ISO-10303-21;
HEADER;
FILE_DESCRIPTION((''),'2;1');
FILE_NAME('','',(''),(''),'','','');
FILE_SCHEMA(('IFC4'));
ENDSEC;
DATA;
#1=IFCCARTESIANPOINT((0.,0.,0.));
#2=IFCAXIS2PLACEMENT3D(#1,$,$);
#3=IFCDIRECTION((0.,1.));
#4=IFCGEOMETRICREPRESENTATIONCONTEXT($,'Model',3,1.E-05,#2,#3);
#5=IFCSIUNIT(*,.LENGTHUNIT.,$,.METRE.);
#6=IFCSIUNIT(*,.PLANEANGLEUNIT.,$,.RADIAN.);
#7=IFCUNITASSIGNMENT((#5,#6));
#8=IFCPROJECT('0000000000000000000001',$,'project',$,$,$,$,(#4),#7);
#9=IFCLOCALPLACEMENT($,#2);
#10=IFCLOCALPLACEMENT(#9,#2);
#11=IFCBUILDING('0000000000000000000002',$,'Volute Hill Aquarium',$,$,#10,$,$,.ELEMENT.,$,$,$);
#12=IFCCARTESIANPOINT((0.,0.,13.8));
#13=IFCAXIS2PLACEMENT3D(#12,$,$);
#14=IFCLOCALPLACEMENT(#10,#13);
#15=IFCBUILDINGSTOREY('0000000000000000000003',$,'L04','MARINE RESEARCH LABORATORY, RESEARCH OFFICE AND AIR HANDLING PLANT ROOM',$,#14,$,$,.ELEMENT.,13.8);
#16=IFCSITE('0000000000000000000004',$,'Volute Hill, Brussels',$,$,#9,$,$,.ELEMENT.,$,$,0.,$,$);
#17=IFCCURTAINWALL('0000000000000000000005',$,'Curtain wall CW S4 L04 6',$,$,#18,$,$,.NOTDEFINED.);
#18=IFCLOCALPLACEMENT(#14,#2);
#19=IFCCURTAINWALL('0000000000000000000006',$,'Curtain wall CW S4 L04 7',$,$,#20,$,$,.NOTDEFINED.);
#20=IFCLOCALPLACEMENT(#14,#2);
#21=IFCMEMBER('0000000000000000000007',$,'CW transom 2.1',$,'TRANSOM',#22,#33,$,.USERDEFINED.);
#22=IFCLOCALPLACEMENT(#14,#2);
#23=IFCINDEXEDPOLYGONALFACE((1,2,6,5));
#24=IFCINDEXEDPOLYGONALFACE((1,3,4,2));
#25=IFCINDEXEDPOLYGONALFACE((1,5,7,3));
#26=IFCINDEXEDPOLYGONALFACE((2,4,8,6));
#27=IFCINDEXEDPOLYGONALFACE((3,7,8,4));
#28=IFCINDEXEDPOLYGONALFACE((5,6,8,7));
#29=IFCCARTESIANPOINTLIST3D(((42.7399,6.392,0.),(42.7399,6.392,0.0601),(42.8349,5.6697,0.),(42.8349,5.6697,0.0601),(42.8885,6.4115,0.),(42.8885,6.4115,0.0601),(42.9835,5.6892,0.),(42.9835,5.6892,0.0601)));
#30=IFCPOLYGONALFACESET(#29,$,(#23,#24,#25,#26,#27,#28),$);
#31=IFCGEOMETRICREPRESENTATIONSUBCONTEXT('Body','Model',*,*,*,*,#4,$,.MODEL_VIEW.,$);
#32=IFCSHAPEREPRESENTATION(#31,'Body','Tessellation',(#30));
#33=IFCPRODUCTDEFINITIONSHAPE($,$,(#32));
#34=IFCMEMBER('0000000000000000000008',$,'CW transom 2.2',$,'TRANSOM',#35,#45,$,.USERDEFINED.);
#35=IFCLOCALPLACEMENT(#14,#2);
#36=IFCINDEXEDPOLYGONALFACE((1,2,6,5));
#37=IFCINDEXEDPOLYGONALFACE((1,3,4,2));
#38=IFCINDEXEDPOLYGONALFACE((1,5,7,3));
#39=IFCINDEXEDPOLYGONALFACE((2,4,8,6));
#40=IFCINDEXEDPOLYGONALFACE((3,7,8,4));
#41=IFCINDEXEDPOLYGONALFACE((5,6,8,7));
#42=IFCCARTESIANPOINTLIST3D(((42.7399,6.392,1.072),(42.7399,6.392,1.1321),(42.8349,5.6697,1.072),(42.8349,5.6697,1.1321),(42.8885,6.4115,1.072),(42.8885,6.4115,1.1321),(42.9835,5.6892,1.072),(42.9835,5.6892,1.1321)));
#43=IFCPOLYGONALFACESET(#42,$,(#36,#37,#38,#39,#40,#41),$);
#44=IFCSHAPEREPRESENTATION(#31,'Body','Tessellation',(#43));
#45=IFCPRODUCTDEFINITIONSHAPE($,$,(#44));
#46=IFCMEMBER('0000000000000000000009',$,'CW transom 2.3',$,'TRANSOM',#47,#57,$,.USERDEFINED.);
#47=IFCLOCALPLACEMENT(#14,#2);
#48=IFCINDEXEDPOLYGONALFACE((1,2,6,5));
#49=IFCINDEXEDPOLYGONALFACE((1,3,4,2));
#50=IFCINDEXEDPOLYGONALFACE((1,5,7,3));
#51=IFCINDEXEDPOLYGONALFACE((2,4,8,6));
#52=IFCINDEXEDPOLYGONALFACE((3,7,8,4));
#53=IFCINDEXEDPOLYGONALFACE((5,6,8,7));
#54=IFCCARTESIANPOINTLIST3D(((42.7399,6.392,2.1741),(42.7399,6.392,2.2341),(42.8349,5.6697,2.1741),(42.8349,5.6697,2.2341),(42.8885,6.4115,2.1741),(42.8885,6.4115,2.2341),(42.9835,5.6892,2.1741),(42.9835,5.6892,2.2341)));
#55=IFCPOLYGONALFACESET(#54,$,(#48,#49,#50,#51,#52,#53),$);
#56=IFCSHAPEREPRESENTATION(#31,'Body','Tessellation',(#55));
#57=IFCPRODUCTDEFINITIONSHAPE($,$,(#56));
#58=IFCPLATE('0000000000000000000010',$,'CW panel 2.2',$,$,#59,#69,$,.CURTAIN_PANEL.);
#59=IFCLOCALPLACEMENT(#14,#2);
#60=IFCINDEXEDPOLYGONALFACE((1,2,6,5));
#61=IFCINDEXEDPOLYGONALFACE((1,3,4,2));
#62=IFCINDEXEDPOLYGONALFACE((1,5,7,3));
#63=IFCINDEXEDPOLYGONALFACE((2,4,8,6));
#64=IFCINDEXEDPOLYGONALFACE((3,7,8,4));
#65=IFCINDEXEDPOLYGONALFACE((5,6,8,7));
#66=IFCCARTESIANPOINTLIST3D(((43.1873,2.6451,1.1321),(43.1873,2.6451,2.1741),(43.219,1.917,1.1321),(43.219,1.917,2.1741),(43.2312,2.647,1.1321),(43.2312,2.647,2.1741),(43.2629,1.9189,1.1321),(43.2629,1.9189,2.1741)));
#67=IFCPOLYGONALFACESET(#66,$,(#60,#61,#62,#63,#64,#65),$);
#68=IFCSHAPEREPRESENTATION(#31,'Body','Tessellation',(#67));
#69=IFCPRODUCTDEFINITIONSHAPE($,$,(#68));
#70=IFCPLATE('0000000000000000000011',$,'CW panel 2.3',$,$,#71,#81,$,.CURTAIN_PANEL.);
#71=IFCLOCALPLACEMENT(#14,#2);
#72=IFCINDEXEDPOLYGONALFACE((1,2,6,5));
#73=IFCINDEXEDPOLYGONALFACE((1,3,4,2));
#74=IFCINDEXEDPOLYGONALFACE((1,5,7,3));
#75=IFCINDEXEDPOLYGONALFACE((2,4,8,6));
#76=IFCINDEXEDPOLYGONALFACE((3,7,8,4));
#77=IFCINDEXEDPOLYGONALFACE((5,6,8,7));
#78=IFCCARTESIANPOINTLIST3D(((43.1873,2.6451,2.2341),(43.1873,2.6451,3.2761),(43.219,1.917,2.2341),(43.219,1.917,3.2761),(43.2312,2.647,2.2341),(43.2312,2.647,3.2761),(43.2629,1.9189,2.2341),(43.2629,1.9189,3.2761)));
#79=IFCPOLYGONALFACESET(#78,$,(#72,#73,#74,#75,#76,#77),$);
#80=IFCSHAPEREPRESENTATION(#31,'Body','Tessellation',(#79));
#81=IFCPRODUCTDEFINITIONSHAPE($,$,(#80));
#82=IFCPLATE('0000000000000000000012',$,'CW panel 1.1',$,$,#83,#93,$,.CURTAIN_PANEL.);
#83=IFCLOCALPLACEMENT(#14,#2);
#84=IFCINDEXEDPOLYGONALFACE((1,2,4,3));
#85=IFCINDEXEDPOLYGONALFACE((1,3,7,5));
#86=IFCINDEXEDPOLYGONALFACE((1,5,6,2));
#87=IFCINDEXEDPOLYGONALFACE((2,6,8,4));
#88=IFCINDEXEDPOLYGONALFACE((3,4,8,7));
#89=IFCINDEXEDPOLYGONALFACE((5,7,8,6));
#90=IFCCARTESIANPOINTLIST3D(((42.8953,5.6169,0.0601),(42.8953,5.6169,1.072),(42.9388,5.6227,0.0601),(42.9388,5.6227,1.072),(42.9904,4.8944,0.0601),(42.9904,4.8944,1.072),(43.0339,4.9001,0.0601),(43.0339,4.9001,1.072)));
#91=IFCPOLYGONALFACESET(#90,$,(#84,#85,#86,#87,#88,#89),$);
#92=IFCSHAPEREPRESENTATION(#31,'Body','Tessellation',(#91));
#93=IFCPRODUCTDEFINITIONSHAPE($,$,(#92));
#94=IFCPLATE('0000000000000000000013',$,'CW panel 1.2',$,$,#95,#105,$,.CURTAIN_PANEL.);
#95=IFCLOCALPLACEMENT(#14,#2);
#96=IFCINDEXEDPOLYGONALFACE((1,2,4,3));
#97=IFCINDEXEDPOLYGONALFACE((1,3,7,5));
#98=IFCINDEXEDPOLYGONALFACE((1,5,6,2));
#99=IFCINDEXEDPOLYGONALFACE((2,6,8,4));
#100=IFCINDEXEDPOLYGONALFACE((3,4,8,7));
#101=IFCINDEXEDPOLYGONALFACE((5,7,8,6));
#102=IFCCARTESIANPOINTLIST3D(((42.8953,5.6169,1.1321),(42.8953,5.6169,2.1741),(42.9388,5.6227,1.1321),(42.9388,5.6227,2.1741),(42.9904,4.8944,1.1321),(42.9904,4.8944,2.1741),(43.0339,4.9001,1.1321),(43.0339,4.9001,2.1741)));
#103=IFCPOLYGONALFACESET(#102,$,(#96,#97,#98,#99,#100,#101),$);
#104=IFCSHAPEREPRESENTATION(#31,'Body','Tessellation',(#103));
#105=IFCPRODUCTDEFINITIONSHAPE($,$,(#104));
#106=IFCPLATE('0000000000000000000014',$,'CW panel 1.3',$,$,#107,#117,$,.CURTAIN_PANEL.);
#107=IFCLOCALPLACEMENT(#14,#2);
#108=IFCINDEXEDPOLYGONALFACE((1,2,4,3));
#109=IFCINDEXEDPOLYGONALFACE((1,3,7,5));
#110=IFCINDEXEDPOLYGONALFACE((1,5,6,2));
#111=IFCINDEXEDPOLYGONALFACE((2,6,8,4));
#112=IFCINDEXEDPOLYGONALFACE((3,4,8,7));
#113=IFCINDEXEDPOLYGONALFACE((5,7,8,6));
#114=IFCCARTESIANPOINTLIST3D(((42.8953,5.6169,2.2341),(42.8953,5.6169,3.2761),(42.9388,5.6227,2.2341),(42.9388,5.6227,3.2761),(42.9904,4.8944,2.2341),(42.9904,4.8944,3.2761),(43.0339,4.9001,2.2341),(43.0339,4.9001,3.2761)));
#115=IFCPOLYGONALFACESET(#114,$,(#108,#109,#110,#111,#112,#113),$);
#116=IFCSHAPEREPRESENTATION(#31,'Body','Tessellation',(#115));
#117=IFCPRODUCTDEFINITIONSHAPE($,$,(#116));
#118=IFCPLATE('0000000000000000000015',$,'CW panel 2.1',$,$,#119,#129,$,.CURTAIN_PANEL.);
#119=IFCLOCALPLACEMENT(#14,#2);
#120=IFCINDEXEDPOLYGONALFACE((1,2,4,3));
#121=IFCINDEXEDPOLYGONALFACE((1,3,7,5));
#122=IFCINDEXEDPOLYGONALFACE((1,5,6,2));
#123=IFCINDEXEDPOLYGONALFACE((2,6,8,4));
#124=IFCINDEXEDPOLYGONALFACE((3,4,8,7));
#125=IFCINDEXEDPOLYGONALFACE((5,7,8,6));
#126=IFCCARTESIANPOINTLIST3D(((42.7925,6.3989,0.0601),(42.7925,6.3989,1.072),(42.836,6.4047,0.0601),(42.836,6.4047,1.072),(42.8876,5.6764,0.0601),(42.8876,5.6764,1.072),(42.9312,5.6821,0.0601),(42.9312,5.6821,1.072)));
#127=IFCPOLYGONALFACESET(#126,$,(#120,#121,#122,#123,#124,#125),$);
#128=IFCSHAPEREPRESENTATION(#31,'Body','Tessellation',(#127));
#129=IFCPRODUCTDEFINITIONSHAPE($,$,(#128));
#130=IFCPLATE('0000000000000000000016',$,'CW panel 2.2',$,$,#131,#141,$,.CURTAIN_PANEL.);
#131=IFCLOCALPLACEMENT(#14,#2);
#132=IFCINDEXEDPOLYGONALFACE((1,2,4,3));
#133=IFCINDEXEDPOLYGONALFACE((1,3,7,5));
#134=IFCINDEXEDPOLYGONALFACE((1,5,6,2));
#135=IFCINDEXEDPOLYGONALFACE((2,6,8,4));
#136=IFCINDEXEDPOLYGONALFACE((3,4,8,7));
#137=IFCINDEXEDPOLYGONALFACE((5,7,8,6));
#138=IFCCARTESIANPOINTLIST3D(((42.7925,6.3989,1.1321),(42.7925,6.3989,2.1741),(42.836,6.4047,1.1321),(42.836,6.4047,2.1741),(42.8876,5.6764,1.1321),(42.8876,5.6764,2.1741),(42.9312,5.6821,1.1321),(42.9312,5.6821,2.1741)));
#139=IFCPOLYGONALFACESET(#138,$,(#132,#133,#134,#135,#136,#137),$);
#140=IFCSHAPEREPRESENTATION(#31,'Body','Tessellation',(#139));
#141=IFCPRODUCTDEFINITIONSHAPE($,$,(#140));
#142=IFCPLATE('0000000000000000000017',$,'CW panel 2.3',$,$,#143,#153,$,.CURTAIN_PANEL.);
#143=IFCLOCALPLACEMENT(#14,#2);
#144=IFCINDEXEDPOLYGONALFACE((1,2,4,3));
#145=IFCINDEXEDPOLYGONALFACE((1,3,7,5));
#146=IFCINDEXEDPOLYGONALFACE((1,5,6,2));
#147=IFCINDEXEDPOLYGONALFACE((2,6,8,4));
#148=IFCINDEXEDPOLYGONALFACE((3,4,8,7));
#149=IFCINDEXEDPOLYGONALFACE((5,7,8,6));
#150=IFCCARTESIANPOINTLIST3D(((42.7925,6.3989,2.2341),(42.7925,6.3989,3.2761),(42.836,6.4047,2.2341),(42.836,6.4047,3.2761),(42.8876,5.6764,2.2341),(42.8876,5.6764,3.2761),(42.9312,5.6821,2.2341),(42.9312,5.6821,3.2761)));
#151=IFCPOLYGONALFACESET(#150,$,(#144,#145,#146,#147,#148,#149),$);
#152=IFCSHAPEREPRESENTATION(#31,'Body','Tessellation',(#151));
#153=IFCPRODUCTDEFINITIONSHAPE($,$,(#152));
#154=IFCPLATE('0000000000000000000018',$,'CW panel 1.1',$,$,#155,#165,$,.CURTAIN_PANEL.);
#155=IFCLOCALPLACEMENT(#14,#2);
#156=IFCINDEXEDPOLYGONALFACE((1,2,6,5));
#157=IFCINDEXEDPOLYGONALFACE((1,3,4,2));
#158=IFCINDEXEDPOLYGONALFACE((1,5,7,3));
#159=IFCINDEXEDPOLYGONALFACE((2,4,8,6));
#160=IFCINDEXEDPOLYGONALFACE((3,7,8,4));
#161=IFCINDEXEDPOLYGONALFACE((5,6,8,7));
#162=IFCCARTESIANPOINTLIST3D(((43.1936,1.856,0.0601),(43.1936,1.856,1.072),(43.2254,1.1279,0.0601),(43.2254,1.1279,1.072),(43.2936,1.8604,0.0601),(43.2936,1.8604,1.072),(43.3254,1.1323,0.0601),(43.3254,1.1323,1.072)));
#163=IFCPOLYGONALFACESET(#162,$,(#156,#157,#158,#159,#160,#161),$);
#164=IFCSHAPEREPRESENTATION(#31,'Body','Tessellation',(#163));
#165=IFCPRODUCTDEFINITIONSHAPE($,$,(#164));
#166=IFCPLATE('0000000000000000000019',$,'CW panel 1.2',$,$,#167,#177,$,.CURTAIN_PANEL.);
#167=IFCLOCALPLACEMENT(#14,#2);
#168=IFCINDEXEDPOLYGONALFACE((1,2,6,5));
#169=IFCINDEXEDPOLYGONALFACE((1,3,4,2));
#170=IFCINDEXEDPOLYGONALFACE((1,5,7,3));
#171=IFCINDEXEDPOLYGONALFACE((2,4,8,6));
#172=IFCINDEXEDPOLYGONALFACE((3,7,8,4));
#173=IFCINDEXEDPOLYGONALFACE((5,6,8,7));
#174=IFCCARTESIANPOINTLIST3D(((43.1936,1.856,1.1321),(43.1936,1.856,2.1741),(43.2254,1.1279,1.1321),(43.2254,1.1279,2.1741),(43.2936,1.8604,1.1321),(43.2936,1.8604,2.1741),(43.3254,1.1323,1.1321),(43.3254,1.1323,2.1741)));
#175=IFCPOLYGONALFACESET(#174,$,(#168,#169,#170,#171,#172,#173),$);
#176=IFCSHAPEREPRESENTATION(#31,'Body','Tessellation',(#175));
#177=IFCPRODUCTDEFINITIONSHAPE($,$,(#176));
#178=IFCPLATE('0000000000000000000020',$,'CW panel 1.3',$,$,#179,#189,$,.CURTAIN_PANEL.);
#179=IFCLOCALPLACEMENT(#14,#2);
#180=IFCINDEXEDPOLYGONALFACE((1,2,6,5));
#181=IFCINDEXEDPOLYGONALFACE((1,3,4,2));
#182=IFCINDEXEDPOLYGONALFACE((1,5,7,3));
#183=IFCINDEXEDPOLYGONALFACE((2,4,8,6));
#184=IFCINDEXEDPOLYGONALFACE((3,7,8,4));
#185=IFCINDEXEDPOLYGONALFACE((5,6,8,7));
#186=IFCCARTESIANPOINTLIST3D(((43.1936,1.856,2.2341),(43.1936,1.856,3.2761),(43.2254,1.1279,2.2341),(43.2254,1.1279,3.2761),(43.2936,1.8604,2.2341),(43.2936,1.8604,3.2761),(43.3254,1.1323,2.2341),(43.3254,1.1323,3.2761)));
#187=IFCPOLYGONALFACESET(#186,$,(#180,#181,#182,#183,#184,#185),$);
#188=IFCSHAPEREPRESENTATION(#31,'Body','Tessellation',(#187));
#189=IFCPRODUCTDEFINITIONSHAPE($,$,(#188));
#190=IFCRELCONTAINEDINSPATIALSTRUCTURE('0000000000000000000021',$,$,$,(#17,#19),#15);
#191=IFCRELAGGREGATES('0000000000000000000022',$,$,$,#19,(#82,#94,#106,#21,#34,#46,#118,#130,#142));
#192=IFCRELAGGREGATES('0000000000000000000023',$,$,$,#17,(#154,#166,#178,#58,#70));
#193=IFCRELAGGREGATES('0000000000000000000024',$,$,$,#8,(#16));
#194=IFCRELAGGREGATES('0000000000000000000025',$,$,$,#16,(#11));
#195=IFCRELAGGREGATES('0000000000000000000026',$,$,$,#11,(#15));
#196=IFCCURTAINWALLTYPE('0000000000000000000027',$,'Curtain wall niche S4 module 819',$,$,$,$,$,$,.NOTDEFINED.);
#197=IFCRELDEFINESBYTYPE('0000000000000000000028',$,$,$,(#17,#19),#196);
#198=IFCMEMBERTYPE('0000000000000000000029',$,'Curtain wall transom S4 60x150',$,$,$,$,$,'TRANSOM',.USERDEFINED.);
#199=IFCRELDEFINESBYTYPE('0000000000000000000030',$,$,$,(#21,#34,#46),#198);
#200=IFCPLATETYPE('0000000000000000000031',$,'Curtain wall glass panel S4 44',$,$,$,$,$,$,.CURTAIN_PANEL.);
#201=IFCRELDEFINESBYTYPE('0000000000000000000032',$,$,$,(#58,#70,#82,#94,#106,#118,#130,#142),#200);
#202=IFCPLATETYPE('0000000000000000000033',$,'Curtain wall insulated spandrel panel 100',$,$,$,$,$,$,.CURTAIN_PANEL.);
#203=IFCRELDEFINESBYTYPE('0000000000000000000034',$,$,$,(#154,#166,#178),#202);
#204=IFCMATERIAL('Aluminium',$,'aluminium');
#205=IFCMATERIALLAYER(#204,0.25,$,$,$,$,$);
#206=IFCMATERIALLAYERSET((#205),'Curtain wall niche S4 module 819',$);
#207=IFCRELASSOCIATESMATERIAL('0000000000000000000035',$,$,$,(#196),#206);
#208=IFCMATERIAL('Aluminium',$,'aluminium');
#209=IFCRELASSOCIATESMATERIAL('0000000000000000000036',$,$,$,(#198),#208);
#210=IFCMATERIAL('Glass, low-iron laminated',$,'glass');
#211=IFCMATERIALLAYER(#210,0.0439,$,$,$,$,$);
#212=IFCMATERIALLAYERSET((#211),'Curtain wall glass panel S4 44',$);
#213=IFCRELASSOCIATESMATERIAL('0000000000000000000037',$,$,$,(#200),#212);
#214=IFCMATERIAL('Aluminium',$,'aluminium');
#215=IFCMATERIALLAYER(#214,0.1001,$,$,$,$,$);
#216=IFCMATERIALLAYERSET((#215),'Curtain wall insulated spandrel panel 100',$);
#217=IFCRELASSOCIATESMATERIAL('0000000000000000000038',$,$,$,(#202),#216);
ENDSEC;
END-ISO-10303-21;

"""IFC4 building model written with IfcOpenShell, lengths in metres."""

from ifc_helpers import new_model, si_unit, direction, frame, origin, origin_2d, place, context, subcontext, project, spatial, rectangle, extrude, material, layer, layer_set, material_profile, profile_set, type_object, element, aggregate, save


model = new_model("IFC4")

# Units and contexts
model_context = context("Model", 3, precision=1e-05, world=origin(), true_north=direction((0.0, 1.0)))
body_context = subcontext(model_context, "Body", "Model", "MODEL_VIEW")
ifc_project = project(units=[si_unit("LENGTHUNIT", "METRE"), si_unit("PLANEANGLEUNIT", "RADIAN")], contexts=[model_context])

# Site, building, storey
site_placement = place(None, origin())
site = spatial("IfcSite", under=ifc_project, at=site_placement, Name="Volute Hill, Brussels", CompositionType="ELEMENT", RefElevation=0.0)
building_placement = place(site_placement, origin())
building = spatial("IfcBuilding", under=site, at=building_placement, Name="Volute Hill Aquarium", CompositionType="ELEMENT")
storey_placement = place(building_placement, frame((0.0, 0.0, 13.8)))
storey = spatial("IfcBuildingStorey", under=building, at=storey_placement, Name="L04", Description="MARINE RESEARCH LABORATORY, RESEARCH OFFICE AND AIR HANDLING PLANT ROOM", CompositionType="ELEMENT", Elevation=13.8)

# Curtain walls
ifc_material_1 = material(Name="Aluminium", Category="aluminium")
ifc_layer_1 = layer(ifc_material_1, 0.25)
ifc_layer_set_1 = layer_set([ifc_layer_1], Name="Curtain wall niche S4 module 819")
curtain_wall_type = type_object("IfcCurtainWallType", Name="Curtain wall niche S4 module 819", PredefinedType="NOTDEFINED", material=ifc_layer_set_1)
curtain_wall_1_placement = place(storey_placement, origin())
curtain_wall_1 = element("IfcCurtainWall", 1, at=curtain_wall_1_placement, inside=storey, type_object=curtain_wall_type, Name="Curtain wall CW S4 L04 6", PredefinedType="NOTDEFINED")
curtain_wall_2_placement = place(storey_placement, origin())
curtain_wall_2 = element("IfcCurtainWall", 2, at=curtain_wall_2_placement, inside=storey, type_object=curtain_wall_type, Name="Curtain wall CW S4 L04 7", PredefinedType="NOTDEFINED")

# Members
ifc_material_2 = material(Name="Aluminium", Category="aluminium")
ifc_material_profile_1 = material_profile(ifc_material_2, rectangle(XDim=0.1499, YDim=0.0601, at=origin_2d()), Name="Curtain wall transom S4 60x150")
ifc_profile_set_1 = profile_set([ifc_material_profile_1], Name="Aluminium")
member_type_1 = type_object("IfcMemberType", Name="Curtain wall transom S4 60x150", ElementType="TRANSOM", PredefinedType="USERDEFINED", material=ifc_profile_set_1)
member_1_placement = place(storey_placement, frame((42.9092, 5.6794, 0.03), z_axis=(-0.130342, 0.991469, 0.0), x_axis=(-0.991469, -0.130342, 0.0)))
member_1 = element("IfcMember", 3, at=member_1_placement, type_object=member_type_1, Name="CW transom 2.1", ObjectType="TRANSOM", PredefinedType="USERDEFINED", context=body_context, shape_type="SweptSolid", body=[
    extrude(rectangle(XDim=0.1499, YDim=0.0601, at=origin_2d()), origin(), (0.0, 0.0, 1.0), 0.7285),
])
member_2_placement = place(storey_placement, frame((42.9092, 5.6794, 1.1021), z_axis=(-0.130342, 0.991469, 0.0), x_axis=(-0.991469, -0.130342, 0.0)))
member_2 = element("IfcMember", 4, at=member_2_placement, type_object=member_type_1, Name="CW transom 2.2", ObjectType="TRANSOM", PredefinedType="USERDEFINED", context=body_context, shape_type="SweptSolid", body=[
    extrude(rectangle(XDim=0.1499, YDim=0.0601, at=origin_2d()), origin(), (0.0, 0.0, 1.0), 0.7285),
])
member_3_placement = place(storey_placement, frame((42.9092, 5.6794, 2.2041), z_axis=(-0.130342, 0.991469, 0.0), x_axis=(-0.991469, -0.130342, 0.0)))
member_3 = element("IfcMember", 5, at=member_3_placement, type_object=member_type_1, Name="CW transom 2.3", ObjectType="TRANSOM", PredefinedType="USERDEFINED", context=body_context, shape_type="SweptSolid", body=[
    extrude(rectangle(XDim=0.1499, YDim=0.0601, at=origin_2d()), origin(), (0.0, 0.0, 1.0), 0.7285),
])

# Plates
ifc_material_3 = material(Name="Glass, low-iron laminated", Category="glass")
ifc_layer_2 = layer(ifc_material_3, 0.0439)
ifc_layer_set_2 = layer_set([ifc_layer_2], Name="Curtain wall glass panel S4 44")
plate_type_1 = type_object("IfcPlateType", Name="Curtain wall glass panel S4 44", PredefinedType="CURTAIN_PANEL", material=ifc_layer_set_2)
plate_1_placement = place(storey_placement, frame((43.2251, 2.282, 1.1321), z_axis=(0.0, 0.0, 1.0), x_axis=(-0.043623, 0.999048, 0.0)))
plate_1 = element("IfcPlate", 6, at=plate_1_placement, type_object=plate_type_1, Name="CW panel 2.2", PredefinedType="CURTAIN_PANEL", context=body_context, shape_type="SweptSolid", body=[
    extrude(rectangle(XDim=0.7288, YDim=0.0439, at=origin_2d()), origin(), (0.0, 0.0, 1.0), 1.042),
])
plate_2_placement = place(storey_placement, frame((43.2251, 2.282, 2.2341), z_axis=(0.0, 0.0, 1.0), x_axis=(-0.043623, 0.999048, 0.0)))
plate_2 = element("IfcPlate", 7, at=plate_2_placement, type_object=plate_type_1, Name="CW panel 2.3", PredefinedType="CURTAIN_PANEL", context=body_context, shape_type="SweptSolid", body=[
    extrude(rectangle(XDim=0.7288, YDim=0.0439, at=origin_2d()), origin(), (0.0, 0.0, 1.0), 1.042),
])
plate_3_placement = place(storey_placement, frame((42.9646, 5.2585, 0.0601), z_axis=(0.0, 0.0, 1.0), x_axis=(-0.130516, 0.991446, 0.0)))
plate_3 = element("IfcPlate", 8, at=plate_3_placement, type_object=plate_type_1, Name="CW panel 1.1", PredefinedType="CURTAIN_PANEL", context=body_context, shape_type="SweptSolid", body=[
    extrude(rectangle(XDim=0.7288, YDim=0.0439, at=origin_2d()), origin(), (0.0, 0.0, 1.0), 1.012),
])
plate_4_placement = place(storey_placement, frame((42.9646, 5.2585, 1.1321), z_axis=(0.0, 0.0, 1.0), x_axis=(-0.130516, 0.991446, 0.0)))
plate_4 = element("IfcPlate", 9, at=plate_4_placement, type_object=plate_type_1, Name="CW panel 1.2", PredefinedType="CURTAIN_PANEL", context=body_context, shape_type="SweptSolid", body=[
    extrude(rectangle(XDim=0.7288, YDim=0.0439, at=origin_2d()), origin(), (0.0, 0.0, 1.0), 1.042),
])
plate_5_placement = place(storey_placement, frame((42.9646, 5.2585, 2.2341), z_axis=(0.0, 0.0, 1.0), x_axis=(-0.130516, 0.991446, 0.0)))
plate_5 = element("IfcPlate", 10, at=plate_5_placement, type_object=plate_type_1, Name="CW panel 1.3", PredefinedType="CURTAIN_PANEL", context=body_context, shape_type="SweptSolid", body=[
    extrude(rectangle(XDim=0.7288, YDim=0.0439, at=origin_2d()), origin(), (0.0, 0.0, 1.0), 1.042),
])
plate_6_placement = place(storey_placement, frame((42.8618, 6.0405, 0.0601), z_axis=(0.0, 0.0, 1.0), x_axis=(-0.130516, 0.991446, 0.0)))
plate_6 = element("IfcPlate", 11, at=plate_6_placement, type_object=plate_type_1, Name="CW panel 2.1", PredefinedType="CURTAIN_PANEL", context=body_context, shape_type="SweptSolid", body=[
    extrude(rectangle(XDim=0.7288, YDim=0.0439, at=origin_2d()), origin(), (0.0, 0.0, 1.0), 1.012),
])
plate_7_placement = place(storey_placement, frame((42.8618, 6.0405, 1.1321), z_axis=(0.0, 0.0, 1.0), x_axis=(-0.130516, 0.991446, 0.0)))
plate_7 = element("IfcPlate", 12, at=plate_7_placement, type_object=plate_type_1, Name="CW panel 2.2", PredefinedType="CURTAIN_PANEL", context=body_context, shape_type="SweptSolid", body=[
    extrude(rectangle(XDim=0.7288, YDim=0.0439, at=origin_2d()), origin(), (0.0, 0.0, 1.0), 1.042),
])
plate_8_placement = place(storey_placement, frame((42.8618, 6.0405, 2.2341), z_axis=(0.0, 0.0, 1.0), x_axis=(-0.130516, 0.991446, 0.0)))
plate_8 = element("IfcPlate", 13, at=plate_8_placement, type_object=plate_type_1, Name="CW panel 2.3", PredefinedType="CURTAIN_PANEL", context=body_context, shape_type="SweptSolid", body=[
    extrude(rectangle(XDim=0.7288, YDim=0.0439, at=origin_2d()), origin(), (0.0, 0.0, 1.0), 1.042),
])
aggregate(curtain_wall_2, [plate_3, plate_4, plate_5, member_1, member_2, member_3, plate_6, plate_7, plate_8])
ifc_material_4 = material(Name="Aluminium", Category="aluminium")
ifc_layer_3 = layer(ifc_material_4, 0.1001)
ifc_layer_set_3 = layer_set([ifc_layer_3], Name="Curtain wall insulated spandrel panel 100")
plate_type_2 = type_object("IfcPlateType", Name="Curtain wall insulated spandrel panel 100", PredefinedType="CURTAIN_PANEL", material=ifc_layer_set_3)
plate_9_placement = place(storey_placement, frame((43.2595, 1.4941, 0.0601), z_axis=(0.0, 0.0, 1.0), x_axis=(-0.043623, 0.999048, 0.0)))
plate_9 = element("IfcPlate", 14, at=plate_9_placement, type_object=plate_type_2, Name="CW panel 1.1", PredefinedType="CURTAIN_PANEL", context=body_context, shape_type="SweptSolid", body=[
    extrude(rectangle(XDim=0.7288, YDim=0.1001, at=origin_2d()), origin(), (0.0, 0.0, 1.0), 1.012),
])
plate_10_placement = place(storey_placement, frame((43.2595, 1.4941, 1.1321), z_axis=(0.0, 0.0, 1.0), x_axis=(-0.043623, 0.999048, 0.0)))
plate_10 = element("IfcPlate", 15, at=plate_10_placement, type_object=plate_type_2, Name="CW panel 1.2", PredefinedType="CURTAIN_PANEL", context=body_context, shape_type="SweptSolid", body=[
    extrude(rectangle(XDim=0.7288, YDim=0.1001, at=origin_2d()), origin(), (0.0, 0.0, 1.0), 1.042),
])
plate_11_placement = place(storey_placement, frame((43.2595, 1.4941, 2.2341), z_axis=(0.0, 0.0, 1.0), x_axis=(-0.043623, 0.999048, 0.0)))
plate_11 = element("IfcPlate", 16, at=plate_11_placement, type_object=plate_type_2, Name="CW panel 1.3", PredefinedType="CURTAIN_PANEL", context=body_context, shape_type="SweptSolid", body=[
    extrude(rectangle(XDim=0.7288, YDim=0.1001, at=origin_2d()), origin(), (0.0, 0.0, 1.0), 1.042),
])
aggregate(curtain_wall_1, [plate_9, plate_10, plate_11, plate_1, plate_2])

save(model, "model.ifc")
